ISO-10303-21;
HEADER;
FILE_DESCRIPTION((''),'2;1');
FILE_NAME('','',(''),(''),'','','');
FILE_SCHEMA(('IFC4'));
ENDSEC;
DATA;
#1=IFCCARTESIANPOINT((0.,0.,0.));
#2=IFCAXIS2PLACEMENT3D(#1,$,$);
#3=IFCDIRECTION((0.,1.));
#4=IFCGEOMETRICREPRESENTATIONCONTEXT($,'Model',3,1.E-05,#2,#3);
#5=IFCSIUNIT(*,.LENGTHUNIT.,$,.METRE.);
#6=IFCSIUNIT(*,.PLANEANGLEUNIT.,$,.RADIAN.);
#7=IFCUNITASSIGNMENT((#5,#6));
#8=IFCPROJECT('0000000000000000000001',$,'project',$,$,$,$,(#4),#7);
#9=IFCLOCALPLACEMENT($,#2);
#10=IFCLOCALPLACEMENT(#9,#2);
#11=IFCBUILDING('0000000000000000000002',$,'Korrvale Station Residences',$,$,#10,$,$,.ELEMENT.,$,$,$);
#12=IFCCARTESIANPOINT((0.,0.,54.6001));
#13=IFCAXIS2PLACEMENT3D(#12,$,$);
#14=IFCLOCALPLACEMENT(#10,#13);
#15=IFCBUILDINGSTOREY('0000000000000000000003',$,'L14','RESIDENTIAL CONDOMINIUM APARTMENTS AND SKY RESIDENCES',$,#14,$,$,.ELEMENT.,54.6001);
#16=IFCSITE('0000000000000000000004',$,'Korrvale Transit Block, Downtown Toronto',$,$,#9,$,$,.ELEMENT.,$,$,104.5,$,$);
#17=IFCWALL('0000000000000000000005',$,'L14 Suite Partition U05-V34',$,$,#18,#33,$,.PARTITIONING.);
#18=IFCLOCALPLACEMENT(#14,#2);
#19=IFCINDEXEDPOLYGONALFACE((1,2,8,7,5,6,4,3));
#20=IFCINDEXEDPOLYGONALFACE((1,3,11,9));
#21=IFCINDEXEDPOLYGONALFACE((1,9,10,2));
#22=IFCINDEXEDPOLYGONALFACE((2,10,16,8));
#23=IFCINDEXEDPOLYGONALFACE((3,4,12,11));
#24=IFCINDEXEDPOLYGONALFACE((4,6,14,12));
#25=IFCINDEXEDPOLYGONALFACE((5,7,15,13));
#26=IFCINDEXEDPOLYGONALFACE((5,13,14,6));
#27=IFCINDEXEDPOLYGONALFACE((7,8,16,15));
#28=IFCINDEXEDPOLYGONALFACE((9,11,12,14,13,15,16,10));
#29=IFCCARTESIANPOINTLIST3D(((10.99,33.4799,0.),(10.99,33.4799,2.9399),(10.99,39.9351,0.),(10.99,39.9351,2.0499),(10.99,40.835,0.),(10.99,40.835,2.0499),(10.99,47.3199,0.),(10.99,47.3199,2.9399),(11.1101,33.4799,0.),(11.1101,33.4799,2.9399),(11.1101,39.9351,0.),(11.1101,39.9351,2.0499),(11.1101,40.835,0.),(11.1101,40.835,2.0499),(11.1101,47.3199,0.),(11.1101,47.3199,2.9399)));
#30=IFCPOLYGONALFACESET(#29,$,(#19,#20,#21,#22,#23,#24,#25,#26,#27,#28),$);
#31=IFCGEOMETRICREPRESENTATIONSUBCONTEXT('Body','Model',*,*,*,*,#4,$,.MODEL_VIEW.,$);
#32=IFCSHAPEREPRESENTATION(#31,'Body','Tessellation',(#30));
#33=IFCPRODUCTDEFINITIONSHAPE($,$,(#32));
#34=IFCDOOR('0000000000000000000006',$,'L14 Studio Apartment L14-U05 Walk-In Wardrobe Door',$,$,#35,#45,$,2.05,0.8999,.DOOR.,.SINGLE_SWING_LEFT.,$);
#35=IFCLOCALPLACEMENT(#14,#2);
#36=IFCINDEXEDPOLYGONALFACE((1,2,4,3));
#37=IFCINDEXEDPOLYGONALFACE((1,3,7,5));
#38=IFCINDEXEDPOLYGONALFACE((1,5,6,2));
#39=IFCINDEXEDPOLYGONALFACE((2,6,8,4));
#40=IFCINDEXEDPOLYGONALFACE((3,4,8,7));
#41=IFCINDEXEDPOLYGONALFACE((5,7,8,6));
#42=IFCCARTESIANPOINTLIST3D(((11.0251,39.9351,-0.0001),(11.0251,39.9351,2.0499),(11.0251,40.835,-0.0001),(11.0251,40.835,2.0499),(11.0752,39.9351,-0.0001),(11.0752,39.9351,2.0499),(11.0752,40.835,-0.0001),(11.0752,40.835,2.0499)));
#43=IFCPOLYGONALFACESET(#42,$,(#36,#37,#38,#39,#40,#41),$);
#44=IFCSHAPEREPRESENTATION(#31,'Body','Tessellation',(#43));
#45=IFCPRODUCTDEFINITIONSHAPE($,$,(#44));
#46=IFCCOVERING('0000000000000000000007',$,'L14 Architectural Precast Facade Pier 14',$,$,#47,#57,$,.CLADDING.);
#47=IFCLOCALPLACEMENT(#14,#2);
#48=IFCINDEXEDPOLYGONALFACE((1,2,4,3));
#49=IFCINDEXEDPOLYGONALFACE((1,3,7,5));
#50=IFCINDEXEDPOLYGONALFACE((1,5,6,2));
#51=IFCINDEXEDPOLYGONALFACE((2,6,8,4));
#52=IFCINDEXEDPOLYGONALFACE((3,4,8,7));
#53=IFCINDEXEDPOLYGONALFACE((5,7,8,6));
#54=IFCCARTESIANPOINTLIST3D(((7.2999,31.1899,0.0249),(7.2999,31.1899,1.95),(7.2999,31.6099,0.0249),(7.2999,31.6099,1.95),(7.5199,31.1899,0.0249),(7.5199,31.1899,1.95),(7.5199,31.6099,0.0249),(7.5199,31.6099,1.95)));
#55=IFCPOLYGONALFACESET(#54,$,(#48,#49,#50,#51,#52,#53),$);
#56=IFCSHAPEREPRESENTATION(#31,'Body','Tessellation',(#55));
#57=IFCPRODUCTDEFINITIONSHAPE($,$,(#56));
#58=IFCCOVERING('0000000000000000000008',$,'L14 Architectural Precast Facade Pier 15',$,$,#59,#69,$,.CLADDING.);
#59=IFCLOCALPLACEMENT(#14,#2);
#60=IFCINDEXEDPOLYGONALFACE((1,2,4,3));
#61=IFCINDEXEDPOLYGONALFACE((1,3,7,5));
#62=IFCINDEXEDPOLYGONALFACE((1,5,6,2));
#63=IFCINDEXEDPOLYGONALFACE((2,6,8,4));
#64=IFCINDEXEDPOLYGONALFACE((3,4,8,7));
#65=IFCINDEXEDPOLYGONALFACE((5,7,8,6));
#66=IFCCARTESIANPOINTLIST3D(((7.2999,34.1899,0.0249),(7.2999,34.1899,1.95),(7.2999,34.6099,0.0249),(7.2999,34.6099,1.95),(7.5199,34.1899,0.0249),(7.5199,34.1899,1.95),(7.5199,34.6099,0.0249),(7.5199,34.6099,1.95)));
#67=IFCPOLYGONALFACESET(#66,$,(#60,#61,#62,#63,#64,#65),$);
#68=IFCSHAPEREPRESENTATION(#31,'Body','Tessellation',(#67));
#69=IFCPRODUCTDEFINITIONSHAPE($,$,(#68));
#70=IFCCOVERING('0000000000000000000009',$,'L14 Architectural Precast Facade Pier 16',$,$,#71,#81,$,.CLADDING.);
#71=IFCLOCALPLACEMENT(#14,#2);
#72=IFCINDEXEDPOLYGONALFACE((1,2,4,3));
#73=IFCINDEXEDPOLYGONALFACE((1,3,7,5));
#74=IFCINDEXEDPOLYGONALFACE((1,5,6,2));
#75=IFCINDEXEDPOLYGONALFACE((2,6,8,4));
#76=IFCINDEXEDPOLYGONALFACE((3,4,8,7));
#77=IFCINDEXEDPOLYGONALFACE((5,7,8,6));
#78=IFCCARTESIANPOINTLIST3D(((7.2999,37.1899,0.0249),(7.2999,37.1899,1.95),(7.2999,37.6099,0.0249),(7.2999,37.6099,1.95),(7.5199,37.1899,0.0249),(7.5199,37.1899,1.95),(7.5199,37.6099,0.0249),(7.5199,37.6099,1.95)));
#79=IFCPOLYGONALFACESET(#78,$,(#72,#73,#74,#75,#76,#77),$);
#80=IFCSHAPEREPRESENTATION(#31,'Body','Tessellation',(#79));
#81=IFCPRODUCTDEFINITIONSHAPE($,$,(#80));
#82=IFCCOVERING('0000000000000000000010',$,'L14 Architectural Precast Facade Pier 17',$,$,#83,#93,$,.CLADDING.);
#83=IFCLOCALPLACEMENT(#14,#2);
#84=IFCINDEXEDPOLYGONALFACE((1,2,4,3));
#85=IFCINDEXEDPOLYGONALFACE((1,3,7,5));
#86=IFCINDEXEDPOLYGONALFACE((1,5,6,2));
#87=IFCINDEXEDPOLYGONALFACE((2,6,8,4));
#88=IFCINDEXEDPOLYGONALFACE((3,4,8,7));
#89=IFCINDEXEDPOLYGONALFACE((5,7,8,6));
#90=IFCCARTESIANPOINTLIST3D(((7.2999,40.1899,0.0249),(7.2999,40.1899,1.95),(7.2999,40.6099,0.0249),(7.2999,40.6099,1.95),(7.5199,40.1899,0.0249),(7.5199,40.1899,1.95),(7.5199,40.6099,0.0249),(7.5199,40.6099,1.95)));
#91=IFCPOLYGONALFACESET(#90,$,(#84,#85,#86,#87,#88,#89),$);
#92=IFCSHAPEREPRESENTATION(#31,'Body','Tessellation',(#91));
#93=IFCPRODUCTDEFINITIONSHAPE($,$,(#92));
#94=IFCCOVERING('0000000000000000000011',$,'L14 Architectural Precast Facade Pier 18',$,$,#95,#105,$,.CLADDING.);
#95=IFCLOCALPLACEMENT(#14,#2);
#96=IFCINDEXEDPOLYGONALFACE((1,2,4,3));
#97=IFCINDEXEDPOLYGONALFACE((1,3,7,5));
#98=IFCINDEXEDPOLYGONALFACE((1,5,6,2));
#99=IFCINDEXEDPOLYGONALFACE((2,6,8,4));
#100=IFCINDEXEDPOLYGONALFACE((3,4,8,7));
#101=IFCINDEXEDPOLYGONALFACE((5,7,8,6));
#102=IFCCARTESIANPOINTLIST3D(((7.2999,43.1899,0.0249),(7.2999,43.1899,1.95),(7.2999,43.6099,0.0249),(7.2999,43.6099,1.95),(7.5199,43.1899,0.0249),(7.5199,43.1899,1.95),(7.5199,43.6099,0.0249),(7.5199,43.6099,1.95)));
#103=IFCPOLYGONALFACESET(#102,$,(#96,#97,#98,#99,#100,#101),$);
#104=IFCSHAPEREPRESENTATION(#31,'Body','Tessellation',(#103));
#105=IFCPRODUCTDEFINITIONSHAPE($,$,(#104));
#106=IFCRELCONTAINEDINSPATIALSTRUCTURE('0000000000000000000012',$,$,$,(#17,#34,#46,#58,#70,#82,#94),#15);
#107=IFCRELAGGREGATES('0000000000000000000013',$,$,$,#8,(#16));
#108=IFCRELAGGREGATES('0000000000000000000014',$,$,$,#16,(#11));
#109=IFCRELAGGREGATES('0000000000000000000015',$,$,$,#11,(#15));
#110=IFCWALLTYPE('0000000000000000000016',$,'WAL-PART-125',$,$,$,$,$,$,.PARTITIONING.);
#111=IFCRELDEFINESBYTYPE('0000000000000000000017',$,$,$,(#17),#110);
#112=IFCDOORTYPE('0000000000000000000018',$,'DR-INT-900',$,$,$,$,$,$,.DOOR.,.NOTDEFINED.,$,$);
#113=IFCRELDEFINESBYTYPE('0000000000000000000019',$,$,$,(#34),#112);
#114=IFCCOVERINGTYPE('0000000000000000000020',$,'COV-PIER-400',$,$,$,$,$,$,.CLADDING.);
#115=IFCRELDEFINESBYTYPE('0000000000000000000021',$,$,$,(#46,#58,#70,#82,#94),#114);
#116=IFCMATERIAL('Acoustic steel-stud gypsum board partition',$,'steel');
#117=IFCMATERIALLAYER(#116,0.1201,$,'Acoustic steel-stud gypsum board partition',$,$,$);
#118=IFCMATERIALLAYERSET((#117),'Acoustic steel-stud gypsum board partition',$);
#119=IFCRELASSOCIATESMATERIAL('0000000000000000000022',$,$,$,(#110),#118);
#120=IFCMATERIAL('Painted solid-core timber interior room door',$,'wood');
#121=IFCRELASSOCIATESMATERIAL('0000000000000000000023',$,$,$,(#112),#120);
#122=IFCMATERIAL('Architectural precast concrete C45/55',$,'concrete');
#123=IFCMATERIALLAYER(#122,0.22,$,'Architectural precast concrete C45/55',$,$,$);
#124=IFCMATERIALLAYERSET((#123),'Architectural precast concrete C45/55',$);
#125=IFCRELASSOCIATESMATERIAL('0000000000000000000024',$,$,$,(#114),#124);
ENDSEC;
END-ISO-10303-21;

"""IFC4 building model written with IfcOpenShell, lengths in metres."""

from ifc_helpers import new_model, si_unit, direction, frame, frame_2d, origin, origin_2d, place, context, subcontext, project, spatial, rectangle, extrude, material, layer, layer_set, type_object, element, fill, save


model = new_model("IFC4")

# Units and contexts
model_context = context("Model", 3, precision=1e-05, world=origin(), true_north=direction((0.0, 1.0)))
body_context = subcontext(model_context, "Body", "Model", "MODEL_VIEW")
ifc_project = project(units=[si_unit("LENGTHUNIT", "METRE"), si_unit("PLANEANGLEUNIT", "RADIAN")], contexts=[model_context])

# Site, building, storey
site_placement = place(None, origin())
site = spatial("IfcSite", under=ifc_project, at=site_placement, Name="Korrvale Transit Block, Downtown Toronto", CompositionType="ELEMENT", RefElevation=104.5)
building_placement = place(site_placement, origin())
building = spatial("IfcBuilding", under=site, at=building_placement, Name="Korrvale Station Residences", CompositionType="ELEMENT")
storey_placement = place(building_placement, frame((0.0, 0.0, 54.6001)))
storey = spatial("IfcBuildingStorey", under=building, at=storey_placement, Name="L14", Description="RESIDENTIAL CONDOMINIUM APARTMENTS AND SKY RESIDENCES", CompositionType="ELEMENT", Elevation=54.6001)

# Shared definitions
ifc_material_1 = material(Name="Acoustic steel-stud gypsum board partition", Category="steel")
ifc_layer_1 = layer(ifc_material_1, 0.1201, Name="Acoustic steel-stud gypsum board partition")
ifc_layer_set_1 = layer_set([ifc_layer_1], Name="Acoustic steel-stud gypsum board partition")
wall_type_1 = type_object("IfcWallType", Name="WAL-PART-125", PredefinedType="PARTITIONING", material=ifc_layer_set_1)

# Wall, opening, door
wall_1_placement = place(storey_placement, frame((11.05, 33.48, 0.0), z_axis=(0.0, 0.0, 1.0), x_axis=(0.0, 1.0, 0.0)))
wall_1 = element("IfcWall", 1, at=wall_1_placement, inside=storey, type_object=wall_type_1, Name="L14 Suite Partition U05-V34", PredefinedType="PARTITIONING", context=body_context, shape_type="SweptSolid", body=[
    extrude(rectangle(XDim=13.8401, YDim=0.1201, at=frame_2d((6.9199, 0.0))), origin(), (0.0, 0.0, 1.0), 2.9399),
])
opening_1_placement = place(wall_1_placement, frame((6.4551, 0.0, 0.0)))
opening_1 = element("IfcOpeningElement", 2, at=opening_1_placement, cuts=wall_1, PredefinedType="OPENING", context=body_context, shape_type="SweptSolid", body=[
    extrude(rectangle(XDim=0.8999, YDim=2.05, at=frame_2d((0.45, 1.0249))), frame((0.0, 0.0701, 0.0), z_axis=(0.0, -1.0, 0.0), x_axis=(1.0, 0.0, 0.0)), (0.0, 0.0, 1.0), 0.1401),
])
ifc_material_2 = material(Name="Painted solid-core timber interior room door", Category="wood")
door_type = type_object("IfcDoorType", Name="DR-INT-900", OperationType="NOTDEFINED", PredefinedType="DOOR", material=ifc_material_2)
door_placement = place(opening_1_placement, origin())
door = element("IfcDoor", 3, at=door_placement, inside=storey, type_object=door_type, Name="L14 Studio Apartment L14-U05 Walk-In Wardrobe Door", OperationType="SINGLE_SWING_LEFT", OverallHeight=2.05, OverallWidth=0.8999, PredefinedType="DOOR", context=body_context, shape_type="SweptSolid", body=[
    extrude(rectangle(XDim=0.8999, YDim=2.05, at=frame_2d((0.45, 1.0249))), frame((0.0, 0.0249, 0.0), z_axis=(0.0, -1.0, 0.0), x_axis=(1.0, 0.0, 0.0)), (0.0, 0.0, 1.0), 0.05),
])
fill(opening_1, door)

# Coverings
ifc_material_3 = material(Name="Architectural precast concrete C45/55", Category="concrete")
ifc_layer_2 = layer(ifc_material_3, 0.22, Name="Architectural precast concrete C45/55")
ifc_layer_set_2 = layer_set([ifc_layer_2], Name="Architectural precast concrete C45/55")
covering_type = type_object("IfcCoveringType", Name="COV-PIER-400", PredefinedType="CLADDING", material=ifc_layer_set_2)
for number, where, z_axis, x_axis, name in (
    (4, (7.4099, 31.3999, 0.0249), (0.0, 0.0, 1.0), (0.0, 1.0, 0.0), "L14 Architectural Precast Facade Pier 14"),
    (5, (7.4099, 34.3999, 0.0249), (0.0, 0.0, 1.0), (0.0, 1.0, 0.0), "L14 Architectural Precast Facade Pier 15"),
    (6, (7.4099, 37.3999, 0.0249), (0.0, 0.0, 1.0), (0.0, 1.0, 0.0), "L14 Architectural Precast Facade Pier 16"),
    (7, (7.4099, 40.3999, 0.0249), (0.0, 0.0, 1.0), (0.0, 1.0, 0.0), "L14 Architectural Precast Facade Pier 17"),
    (8, (7.4099, 43.3999, 0.0249), (0.0, 0.0, 1.0), (0.0, 1.0, 0.0), "L14 Architectural Precast Facade Pier 18"),
):
    element("IfcCovering", number, at=place(storey_placement, frame(where, z_axis=z_axis, x_axis=x_axis)), inside=storey, type_object=covering_type, Name=name, PredefinedType="CLADDING", context=body_context, shape_type="SweptSolid", body=[
        extrude(rectangle(XDim=0.4199, YDim=0.22, at=origin_2d()), origin(), (0.0, 0.0, 1.0), 1.925),
    ])

save(model, "model.ifc")
